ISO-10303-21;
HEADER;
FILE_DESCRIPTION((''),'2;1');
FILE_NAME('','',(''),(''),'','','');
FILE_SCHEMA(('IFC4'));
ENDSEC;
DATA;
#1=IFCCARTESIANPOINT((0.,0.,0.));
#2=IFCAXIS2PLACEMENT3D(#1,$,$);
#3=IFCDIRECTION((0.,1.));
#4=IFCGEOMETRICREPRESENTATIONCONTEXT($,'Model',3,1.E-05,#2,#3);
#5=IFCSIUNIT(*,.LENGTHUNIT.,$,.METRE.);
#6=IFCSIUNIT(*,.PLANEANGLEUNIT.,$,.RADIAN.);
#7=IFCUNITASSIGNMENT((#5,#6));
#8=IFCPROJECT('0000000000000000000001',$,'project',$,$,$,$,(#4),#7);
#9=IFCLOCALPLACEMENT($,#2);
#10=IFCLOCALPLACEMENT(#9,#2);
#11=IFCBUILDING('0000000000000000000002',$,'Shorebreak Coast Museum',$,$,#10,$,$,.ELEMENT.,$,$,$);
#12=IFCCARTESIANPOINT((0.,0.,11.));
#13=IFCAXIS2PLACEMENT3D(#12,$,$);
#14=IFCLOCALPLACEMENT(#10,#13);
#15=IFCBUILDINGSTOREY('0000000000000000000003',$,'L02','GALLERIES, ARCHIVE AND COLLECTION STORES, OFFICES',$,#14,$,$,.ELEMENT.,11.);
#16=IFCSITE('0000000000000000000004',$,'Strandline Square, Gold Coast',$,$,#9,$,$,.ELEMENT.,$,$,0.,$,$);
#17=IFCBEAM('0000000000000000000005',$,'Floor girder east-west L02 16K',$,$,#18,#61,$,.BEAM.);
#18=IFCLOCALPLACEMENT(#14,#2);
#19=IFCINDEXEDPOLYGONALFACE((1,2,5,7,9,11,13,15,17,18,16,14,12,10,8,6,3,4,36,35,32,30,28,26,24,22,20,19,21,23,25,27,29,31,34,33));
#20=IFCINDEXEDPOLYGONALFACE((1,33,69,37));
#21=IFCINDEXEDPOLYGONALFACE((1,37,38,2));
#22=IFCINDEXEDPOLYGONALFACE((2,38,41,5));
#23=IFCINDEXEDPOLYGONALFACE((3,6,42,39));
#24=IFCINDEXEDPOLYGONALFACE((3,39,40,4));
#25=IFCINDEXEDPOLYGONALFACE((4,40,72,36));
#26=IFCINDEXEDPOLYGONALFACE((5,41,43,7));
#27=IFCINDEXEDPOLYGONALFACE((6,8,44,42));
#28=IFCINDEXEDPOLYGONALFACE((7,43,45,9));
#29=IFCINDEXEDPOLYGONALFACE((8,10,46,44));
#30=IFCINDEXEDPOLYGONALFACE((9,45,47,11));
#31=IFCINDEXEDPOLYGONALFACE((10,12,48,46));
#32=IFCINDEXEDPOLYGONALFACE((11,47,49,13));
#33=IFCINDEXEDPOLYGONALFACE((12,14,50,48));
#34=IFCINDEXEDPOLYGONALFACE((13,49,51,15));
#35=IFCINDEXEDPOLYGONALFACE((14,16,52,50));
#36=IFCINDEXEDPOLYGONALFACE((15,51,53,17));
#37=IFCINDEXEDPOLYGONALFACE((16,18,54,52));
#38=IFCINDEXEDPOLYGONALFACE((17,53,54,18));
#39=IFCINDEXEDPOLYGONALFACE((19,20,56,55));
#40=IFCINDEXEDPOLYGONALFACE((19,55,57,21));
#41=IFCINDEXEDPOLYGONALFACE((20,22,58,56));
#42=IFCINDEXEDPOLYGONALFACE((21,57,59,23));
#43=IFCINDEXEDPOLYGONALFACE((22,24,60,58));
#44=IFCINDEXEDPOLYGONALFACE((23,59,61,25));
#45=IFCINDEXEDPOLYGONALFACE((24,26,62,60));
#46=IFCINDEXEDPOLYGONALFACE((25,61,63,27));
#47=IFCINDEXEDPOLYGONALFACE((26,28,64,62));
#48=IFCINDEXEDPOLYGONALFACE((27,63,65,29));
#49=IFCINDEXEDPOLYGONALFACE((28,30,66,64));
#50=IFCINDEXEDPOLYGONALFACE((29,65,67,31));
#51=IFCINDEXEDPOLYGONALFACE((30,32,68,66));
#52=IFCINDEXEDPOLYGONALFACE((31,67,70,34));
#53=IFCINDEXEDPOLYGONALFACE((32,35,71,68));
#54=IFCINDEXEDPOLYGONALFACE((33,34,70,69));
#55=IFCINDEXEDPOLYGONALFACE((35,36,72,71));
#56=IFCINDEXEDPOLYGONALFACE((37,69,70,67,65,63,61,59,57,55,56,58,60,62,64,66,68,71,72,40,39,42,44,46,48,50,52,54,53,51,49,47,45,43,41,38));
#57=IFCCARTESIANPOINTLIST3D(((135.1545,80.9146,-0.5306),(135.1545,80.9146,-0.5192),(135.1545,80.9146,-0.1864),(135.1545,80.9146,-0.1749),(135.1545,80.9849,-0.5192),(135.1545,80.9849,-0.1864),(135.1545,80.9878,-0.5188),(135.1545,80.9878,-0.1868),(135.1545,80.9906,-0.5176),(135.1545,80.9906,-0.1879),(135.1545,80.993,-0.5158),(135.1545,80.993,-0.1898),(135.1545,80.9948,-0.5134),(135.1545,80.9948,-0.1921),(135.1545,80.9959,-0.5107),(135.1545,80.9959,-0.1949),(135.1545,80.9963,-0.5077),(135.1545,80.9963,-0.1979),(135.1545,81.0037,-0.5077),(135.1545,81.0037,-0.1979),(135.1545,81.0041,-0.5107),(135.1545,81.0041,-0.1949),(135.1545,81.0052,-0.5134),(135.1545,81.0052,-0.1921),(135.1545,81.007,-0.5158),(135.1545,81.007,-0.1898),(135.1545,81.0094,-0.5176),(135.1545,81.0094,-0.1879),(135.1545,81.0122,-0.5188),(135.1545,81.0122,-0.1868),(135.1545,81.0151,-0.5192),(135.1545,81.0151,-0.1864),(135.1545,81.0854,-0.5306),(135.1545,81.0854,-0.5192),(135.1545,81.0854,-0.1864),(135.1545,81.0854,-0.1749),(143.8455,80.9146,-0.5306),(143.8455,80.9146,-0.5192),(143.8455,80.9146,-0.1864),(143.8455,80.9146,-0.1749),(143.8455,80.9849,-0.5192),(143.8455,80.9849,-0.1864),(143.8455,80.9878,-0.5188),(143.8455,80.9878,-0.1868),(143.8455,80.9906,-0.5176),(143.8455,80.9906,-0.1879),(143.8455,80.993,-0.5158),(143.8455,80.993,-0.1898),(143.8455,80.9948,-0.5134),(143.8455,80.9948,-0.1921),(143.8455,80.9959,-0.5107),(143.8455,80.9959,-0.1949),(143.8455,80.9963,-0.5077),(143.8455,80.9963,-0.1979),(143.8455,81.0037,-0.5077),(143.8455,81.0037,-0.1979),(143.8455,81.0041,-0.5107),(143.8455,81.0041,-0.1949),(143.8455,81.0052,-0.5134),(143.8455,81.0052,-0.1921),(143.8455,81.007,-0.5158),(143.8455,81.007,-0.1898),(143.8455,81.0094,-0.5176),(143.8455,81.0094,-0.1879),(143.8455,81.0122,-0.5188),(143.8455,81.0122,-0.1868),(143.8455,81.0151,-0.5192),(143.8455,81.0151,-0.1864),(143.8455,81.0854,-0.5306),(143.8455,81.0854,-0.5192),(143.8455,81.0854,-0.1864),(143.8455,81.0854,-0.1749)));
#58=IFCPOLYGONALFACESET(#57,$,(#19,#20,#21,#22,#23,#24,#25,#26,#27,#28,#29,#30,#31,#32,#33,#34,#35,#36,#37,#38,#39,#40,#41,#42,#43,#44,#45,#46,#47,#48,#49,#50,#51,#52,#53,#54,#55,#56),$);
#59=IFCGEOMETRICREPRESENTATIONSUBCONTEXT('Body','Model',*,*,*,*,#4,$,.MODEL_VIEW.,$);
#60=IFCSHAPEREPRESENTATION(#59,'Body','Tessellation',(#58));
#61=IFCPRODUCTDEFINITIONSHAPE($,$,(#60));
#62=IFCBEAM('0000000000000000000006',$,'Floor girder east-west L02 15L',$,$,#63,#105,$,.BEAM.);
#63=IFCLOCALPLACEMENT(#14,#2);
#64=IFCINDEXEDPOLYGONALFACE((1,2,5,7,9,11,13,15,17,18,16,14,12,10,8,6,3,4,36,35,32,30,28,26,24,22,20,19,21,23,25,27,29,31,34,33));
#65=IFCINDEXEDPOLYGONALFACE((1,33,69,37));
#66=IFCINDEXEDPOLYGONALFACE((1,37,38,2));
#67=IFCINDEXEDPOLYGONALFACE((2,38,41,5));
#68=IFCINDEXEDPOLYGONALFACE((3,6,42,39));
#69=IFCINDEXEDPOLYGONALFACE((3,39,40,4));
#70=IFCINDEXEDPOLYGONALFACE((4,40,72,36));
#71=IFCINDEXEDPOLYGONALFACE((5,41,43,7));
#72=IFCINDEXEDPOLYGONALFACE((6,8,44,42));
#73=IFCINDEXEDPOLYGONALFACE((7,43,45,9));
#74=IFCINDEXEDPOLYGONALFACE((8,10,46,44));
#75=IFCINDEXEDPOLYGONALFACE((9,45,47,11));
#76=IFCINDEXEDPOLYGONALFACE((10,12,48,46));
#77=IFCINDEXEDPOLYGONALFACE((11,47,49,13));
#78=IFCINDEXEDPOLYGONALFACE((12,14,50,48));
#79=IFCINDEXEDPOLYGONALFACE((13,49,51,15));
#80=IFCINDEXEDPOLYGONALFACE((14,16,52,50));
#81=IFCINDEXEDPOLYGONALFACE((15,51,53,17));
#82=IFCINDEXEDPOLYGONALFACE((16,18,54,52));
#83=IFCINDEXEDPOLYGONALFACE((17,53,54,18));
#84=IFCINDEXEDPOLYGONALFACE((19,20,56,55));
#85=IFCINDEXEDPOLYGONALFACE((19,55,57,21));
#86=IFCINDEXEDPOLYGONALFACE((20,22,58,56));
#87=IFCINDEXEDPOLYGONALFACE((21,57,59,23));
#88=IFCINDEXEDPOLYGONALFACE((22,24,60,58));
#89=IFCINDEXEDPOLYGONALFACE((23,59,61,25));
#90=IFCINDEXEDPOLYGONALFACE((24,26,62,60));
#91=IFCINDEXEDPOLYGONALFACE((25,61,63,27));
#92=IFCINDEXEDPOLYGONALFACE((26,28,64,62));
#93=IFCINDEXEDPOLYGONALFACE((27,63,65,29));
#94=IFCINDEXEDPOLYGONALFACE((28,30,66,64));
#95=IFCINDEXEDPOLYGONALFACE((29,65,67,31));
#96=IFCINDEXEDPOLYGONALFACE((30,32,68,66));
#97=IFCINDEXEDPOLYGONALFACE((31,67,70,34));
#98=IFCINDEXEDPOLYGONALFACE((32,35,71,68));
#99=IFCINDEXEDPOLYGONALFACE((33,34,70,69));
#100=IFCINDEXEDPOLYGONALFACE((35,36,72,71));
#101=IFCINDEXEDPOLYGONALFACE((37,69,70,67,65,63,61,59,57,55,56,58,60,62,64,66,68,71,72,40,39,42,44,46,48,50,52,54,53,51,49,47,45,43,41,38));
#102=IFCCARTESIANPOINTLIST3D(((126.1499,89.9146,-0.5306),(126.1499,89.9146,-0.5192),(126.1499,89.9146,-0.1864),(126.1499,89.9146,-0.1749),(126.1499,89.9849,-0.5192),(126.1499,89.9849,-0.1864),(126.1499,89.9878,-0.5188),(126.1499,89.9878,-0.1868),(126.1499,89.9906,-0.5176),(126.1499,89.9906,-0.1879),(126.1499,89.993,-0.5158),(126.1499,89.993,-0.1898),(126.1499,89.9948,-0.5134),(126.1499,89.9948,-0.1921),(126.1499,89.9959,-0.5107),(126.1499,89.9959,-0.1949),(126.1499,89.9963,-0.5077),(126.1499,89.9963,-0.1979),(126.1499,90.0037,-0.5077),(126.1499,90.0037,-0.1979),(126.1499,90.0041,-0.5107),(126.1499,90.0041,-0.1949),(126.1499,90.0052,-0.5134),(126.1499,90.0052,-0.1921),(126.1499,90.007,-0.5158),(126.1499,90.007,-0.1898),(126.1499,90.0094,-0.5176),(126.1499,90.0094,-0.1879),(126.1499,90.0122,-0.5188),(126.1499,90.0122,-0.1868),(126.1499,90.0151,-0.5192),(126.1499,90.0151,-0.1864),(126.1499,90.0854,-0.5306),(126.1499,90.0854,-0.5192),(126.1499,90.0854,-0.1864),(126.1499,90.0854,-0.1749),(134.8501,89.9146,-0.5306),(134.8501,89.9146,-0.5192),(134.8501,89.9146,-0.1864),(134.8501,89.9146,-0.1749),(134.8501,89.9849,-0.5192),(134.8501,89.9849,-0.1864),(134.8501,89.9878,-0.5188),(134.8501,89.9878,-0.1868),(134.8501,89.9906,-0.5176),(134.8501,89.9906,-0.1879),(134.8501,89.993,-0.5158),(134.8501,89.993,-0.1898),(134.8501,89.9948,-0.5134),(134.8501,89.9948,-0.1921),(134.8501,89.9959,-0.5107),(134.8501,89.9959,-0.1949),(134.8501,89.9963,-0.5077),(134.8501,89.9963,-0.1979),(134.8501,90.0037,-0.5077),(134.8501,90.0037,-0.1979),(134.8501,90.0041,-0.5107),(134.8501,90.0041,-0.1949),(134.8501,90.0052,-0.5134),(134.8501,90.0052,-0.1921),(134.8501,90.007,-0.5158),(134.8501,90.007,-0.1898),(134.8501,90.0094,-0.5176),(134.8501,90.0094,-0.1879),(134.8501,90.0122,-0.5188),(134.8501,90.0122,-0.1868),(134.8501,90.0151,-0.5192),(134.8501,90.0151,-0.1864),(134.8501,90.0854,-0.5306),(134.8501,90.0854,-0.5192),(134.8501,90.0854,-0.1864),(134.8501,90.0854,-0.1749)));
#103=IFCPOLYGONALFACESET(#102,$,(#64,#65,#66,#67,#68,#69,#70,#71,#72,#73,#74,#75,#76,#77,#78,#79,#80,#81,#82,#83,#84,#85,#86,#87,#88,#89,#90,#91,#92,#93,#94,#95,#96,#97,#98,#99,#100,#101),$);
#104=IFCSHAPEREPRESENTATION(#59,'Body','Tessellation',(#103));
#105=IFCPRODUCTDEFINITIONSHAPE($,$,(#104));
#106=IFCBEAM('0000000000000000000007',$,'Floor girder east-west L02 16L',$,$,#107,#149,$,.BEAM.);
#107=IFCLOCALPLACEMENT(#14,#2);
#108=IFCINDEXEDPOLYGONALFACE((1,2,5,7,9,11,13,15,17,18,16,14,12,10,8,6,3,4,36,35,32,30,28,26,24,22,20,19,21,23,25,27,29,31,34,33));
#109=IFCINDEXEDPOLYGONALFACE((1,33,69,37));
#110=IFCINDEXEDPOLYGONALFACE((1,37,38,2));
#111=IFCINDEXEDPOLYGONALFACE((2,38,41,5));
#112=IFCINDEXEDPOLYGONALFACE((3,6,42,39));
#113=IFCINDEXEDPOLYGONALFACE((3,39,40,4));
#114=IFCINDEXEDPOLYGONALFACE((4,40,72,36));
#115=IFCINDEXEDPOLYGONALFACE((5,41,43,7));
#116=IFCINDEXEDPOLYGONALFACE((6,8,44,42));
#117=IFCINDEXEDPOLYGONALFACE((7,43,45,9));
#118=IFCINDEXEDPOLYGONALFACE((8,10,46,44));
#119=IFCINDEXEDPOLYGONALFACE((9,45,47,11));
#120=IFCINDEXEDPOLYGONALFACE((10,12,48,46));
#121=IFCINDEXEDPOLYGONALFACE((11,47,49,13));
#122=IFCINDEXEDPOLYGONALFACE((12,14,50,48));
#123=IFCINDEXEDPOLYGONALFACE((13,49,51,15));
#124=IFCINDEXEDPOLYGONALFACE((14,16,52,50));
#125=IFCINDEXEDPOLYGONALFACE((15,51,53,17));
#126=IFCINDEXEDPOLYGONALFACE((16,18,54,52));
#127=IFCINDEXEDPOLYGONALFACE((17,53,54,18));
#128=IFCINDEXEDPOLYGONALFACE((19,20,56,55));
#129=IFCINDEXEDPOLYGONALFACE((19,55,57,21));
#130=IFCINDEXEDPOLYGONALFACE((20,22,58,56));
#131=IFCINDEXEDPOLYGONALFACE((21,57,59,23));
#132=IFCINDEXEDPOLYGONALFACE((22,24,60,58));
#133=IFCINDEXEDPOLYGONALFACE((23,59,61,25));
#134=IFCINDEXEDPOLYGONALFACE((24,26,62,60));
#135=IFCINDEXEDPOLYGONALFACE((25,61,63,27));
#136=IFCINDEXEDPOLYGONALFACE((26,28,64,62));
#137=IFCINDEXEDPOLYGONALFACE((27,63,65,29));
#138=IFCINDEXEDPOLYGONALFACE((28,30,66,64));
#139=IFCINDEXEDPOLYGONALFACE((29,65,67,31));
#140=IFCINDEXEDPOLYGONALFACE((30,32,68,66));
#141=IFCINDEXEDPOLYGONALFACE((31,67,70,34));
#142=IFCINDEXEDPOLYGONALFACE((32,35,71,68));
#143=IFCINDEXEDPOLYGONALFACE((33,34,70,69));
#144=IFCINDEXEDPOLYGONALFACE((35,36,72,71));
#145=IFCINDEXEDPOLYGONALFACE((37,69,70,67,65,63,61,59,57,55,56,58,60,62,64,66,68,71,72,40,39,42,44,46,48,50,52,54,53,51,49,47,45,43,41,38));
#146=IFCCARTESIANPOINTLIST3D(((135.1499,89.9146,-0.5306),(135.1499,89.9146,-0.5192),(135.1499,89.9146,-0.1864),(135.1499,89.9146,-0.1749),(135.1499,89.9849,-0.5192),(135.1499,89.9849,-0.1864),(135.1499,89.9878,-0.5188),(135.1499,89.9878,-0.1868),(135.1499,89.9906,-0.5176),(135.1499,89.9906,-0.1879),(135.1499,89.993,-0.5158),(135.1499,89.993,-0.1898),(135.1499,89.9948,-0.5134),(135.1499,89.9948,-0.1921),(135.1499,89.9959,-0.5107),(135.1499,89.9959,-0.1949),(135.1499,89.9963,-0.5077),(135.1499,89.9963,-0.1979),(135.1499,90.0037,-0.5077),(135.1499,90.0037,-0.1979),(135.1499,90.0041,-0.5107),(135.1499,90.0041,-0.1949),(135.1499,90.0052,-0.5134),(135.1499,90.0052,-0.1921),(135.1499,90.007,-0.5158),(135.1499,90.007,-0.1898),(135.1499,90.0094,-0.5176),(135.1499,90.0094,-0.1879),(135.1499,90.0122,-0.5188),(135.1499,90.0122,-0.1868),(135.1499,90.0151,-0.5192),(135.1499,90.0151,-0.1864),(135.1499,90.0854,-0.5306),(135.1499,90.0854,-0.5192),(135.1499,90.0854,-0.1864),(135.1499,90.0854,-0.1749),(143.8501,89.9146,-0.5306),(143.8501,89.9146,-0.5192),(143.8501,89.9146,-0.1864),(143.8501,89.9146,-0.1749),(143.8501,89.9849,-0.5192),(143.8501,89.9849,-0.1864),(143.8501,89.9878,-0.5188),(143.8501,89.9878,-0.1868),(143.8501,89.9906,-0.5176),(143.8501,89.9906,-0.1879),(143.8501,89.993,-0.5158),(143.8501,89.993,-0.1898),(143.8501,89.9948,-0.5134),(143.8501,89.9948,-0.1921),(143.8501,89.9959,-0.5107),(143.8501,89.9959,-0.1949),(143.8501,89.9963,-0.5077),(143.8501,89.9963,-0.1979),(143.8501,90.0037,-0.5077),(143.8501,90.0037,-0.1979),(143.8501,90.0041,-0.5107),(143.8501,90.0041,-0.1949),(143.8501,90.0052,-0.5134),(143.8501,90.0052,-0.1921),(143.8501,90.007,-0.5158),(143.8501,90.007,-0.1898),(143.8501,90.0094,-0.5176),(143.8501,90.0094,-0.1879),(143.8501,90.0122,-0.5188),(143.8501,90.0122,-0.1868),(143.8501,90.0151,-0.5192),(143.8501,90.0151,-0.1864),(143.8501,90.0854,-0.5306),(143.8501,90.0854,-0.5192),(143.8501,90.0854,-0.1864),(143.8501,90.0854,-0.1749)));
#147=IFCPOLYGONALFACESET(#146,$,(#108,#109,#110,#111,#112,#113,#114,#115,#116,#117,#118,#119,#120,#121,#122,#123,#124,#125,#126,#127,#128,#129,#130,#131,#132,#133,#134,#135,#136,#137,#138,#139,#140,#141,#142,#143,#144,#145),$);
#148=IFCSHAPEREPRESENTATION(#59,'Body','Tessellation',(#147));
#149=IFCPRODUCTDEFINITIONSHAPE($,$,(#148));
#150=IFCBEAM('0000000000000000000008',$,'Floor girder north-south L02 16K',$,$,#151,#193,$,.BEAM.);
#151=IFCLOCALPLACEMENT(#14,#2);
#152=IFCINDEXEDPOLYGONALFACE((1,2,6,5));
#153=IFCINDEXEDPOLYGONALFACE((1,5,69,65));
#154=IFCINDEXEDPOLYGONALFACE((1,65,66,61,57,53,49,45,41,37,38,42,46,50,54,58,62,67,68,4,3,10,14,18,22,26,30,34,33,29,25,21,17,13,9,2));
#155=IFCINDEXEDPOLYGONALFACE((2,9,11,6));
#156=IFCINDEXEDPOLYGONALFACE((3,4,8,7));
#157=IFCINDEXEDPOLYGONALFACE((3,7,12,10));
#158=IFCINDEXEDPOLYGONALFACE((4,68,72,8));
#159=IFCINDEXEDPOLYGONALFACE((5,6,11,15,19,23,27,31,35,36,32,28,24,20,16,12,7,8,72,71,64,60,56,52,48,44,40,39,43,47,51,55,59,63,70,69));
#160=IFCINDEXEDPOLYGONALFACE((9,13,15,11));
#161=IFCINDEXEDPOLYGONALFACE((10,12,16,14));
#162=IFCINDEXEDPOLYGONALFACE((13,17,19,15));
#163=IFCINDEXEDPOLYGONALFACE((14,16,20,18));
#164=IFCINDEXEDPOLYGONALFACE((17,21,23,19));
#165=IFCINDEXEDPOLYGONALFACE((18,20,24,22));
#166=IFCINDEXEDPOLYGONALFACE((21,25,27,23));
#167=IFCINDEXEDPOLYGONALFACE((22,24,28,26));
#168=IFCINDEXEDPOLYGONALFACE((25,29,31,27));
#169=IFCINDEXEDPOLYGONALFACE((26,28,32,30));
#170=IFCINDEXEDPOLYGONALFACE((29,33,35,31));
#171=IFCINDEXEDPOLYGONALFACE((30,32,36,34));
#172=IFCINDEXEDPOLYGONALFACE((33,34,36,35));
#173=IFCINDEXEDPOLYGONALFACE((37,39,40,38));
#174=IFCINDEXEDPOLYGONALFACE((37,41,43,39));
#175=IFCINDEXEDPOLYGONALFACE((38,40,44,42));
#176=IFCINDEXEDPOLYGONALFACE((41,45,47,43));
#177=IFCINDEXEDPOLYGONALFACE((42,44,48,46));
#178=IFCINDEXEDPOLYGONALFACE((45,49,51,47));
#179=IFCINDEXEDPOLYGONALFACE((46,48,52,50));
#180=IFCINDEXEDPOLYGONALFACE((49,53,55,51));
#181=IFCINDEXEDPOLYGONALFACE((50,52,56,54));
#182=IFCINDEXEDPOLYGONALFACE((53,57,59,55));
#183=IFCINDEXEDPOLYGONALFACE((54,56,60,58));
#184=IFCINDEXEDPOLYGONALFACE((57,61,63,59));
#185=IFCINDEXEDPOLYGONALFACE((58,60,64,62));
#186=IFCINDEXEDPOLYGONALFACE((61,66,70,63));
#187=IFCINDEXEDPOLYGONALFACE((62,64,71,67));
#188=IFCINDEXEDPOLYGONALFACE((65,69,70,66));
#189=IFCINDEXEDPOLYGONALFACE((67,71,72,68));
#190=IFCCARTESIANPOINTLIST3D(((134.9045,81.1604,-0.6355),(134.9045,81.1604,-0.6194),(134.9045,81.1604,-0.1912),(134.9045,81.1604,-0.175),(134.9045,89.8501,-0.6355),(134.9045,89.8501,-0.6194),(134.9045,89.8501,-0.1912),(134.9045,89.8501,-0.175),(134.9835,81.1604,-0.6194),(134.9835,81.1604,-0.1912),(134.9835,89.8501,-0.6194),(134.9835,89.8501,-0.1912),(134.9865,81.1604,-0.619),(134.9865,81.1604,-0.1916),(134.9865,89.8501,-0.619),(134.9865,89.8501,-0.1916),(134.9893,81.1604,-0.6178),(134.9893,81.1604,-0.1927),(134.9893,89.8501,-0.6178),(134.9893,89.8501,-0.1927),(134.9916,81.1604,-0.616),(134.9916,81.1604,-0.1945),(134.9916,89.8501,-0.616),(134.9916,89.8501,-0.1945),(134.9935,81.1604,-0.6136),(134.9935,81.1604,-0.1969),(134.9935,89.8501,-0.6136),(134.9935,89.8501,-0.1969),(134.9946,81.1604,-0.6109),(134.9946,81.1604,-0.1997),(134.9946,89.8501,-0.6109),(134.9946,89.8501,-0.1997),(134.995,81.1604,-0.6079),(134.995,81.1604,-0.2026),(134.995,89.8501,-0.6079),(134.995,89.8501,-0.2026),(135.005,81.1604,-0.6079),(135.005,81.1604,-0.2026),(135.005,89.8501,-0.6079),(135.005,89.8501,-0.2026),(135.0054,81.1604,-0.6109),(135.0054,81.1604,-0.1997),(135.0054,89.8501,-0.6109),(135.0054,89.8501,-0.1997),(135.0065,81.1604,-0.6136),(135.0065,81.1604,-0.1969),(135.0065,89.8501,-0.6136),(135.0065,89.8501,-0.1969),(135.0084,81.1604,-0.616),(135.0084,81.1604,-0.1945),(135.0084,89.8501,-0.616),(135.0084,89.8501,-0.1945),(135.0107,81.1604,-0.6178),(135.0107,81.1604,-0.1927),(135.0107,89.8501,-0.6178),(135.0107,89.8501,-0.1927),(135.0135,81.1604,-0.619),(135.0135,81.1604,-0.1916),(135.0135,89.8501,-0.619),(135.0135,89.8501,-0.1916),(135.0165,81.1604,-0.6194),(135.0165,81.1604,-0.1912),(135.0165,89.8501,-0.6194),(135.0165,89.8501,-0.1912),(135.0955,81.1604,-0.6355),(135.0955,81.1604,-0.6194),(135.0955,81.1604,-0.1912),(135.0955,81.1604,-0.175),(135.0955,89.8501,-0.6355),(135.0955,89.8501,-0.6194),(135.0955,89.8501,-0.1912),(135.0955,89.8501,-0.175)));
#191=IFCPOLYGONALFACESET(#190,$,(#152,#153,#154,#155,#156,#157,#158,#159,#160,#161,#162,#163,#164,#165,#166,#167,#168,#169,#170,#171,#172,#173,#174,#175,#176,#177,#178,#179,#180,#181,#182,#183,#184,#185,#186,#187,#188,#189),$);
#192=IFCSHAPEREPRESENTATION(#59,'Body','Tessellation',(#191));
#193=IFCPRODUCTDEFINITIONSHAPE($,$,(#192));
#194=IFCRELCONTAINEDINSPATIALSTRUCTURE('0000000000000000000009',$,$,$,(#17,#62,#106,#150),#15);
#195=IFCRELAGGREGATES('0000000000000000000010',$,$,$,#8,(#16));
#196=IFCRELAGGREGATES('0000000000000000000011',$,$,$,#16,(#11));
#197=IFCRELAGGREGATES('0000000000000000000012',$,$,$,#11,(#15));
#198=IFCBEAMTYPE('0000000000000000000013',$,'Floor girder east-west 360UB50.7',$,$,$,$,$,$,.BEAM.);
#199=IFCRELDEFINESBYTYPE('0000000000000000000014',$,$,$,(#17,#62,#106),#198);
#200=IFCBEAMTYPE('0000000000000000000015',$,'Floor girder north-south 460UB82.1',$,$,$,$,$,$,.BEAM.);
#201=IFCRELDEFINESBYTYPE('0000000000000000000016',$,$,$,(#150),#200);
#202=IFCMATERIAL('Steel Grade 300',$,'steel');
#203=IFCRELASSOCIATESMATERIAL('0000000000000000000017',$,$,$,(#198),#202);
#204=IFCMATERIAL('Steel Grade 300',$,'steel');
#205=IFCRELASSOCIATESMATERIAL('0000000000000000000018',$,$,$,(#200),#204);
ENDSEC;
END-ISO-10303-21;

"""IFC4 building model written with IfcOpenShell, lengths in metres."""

from ifc_helpers import new_model, si_unit, direction, frame, origin, origin_2d, place, context, subcontext, project, spatial, i_section, extrude, material, material_profile, profile_set, type_object, element, save


model = new_model("IFC4")

# Units and contexts
model_context = context("Model", 3, precision=1e-05, world=origin(), true_north=direction((0.0, 1.0)))
body_context = subcontext(model_context, "Body", "Model", "MODEL_VIEW")
ifc_project = project(units=[si_unit("LENGTHUNIT", "METRE"), si_unit("PLANEANGLEUNIT", "RADIAN")], contexts=[model_context])

# Site, building, storey
site_placement = place(None, origin())
site = spatial("IfcSite", under=ifc_project, at=site_placement, Name="Strandline Square, Gold Coast", CompositionType="ELEMENT", RefElevation=0.0)
building_placement = place(site_placement, origin())
building = spatial("IfcBuilding", under=site, at=building_placement, Name="Shorebreak Coast Museum", CompositionType="ELEMENT")
storey_placement = place(building_placement, frame((0.0, 0.0, 11.0)))
storey = spatial("IfcBuildingStorey", under=building, at=storey_placement, Name="L02", Description="GALLERIES, ARCHIVE AND COLLECTION STORES, OFFICES", CompositionType="ELEMENT", Elevation=11.0)

# Beams
ifc_material_1 = material(Name="Steel Grade 300", Category="steel")
ifc_material_profile_1 = material_profile(ifc_material_1, i_section(OverallWidth=0.1709, OverallDepth=0.3557, WebThickness=0.0073, FlangeThickness=0.0115, FilletRadius=0.0115, at=origin_2d()), Name="360UB50.7")
ifc_profile_set_1 = profile_set([ifc_material_profile_1], Name="Steel Grade 300")
beam_type_1 = type_object("IfcBeamType", Name="Floor girder east-west 360UB50.7", PredefinedType="BEAM", material=ifc_profile_set_1)
for number, where, z_axis, x_axis, name in (
    (1, (135.1545, 81.0, -0.3528), (1.0, 0.0, 0.0), (0.0, 1.0, 0.0), "Floor girder east-west L02 16K"),
):
    element("IfcBeam", number, at=place(storey_placement, frame(where, z_axis=z_axis, x_axis=x_axis)), inside=storey, type_object=beam_type_1, Name=name, PredefinedType="BEAM", context=body_context, shape_type="SweptSolid", body=[
        extrude(i_section(OverallWidth=0.1709, OverallDepth=0.3557, WebThickness=0.0073, FlangeThickness=0.0115, FilletRadius=0.0115, at=origin_2d()), origin(), (0.0, 0.0, 1.0), 8.6909),
    ])
for number, where, z_axis, x_axis, name in (
    (2, (126.1499, 90.0, -0.3528), (1.0, 0.0, 0.0), (0.0, 1.0, 0.0), "Floor girder east-west L02 15L"),
    (3, (135.1499, 90.0, -0.3528), (1.0, 0.0, 0.0), (0.0, 1.0, 0.0), "Floor girder east-west L02 16L"),
):
    element("IfcBeam", number, at=place(storey_placement, frame(where, z_axis=z_axis, x_axis=x_axis)), inside=storey, type_object=beam_type_1, Name=name, PredefinedType="BEAM", context=body_context, shape_type="SweptSolid", body=[
        extrude(i_section(OverallWidth=0.1709, OverallDepth=0.3557, WebThickness=0.0073, FlangeThickness=0.0115, FilletRadius=0.0115, at=origin_2d()), origin(), (0.0, 0.0, 1.0), 8.7002),
    ])
ifc_material_2 = material(Name="Steel Grade 300", Category="steel")
ifc_material_profile_2 = material_profile(ifc_material_2, i_section(OverallWidth=0.1909, OverallDepth=0.4604, WebThickness=0.01, FlangeThickness=0.0161, FilletRadius=0.0115, at=origin_2d()), Name="460UB82.1")
ifc_profile_set_2 = profile_set([ifc_material_profile_2], Name="Steel Grade 300")
beam_type_2 = type_object("IfcBeamType", Name="Floor girder north-south 460UB82.1", PredefinedType="BEAM", material=ifc_profile_set_2)
beam_placement = place(storey_placement, frame((135.0, 81.1604, -0.4053), z_axis=(0.0, 1.0, 0.0), x_axis=(-1.0, 0.0, 0.0)))
element("IfcBeam", 4, at=beam_placement, inside=storey, type_object=beam_type_2, Name="Floor girder north-south L02 16K", PredefinedType="BEAM", context=body_context, shape_type="SweptSolid", body=[
    extrude(i_section(OverallWidth=0.1909, OverallDepth=0.4604, WebThickness=0.01, FlangeThickness=0.0161, FilletRadius=0.0115, at=origin_2d()), origin(), (0.0, 0.0, 1.0), 8.6897),
])

save(model, "model.ifc")
